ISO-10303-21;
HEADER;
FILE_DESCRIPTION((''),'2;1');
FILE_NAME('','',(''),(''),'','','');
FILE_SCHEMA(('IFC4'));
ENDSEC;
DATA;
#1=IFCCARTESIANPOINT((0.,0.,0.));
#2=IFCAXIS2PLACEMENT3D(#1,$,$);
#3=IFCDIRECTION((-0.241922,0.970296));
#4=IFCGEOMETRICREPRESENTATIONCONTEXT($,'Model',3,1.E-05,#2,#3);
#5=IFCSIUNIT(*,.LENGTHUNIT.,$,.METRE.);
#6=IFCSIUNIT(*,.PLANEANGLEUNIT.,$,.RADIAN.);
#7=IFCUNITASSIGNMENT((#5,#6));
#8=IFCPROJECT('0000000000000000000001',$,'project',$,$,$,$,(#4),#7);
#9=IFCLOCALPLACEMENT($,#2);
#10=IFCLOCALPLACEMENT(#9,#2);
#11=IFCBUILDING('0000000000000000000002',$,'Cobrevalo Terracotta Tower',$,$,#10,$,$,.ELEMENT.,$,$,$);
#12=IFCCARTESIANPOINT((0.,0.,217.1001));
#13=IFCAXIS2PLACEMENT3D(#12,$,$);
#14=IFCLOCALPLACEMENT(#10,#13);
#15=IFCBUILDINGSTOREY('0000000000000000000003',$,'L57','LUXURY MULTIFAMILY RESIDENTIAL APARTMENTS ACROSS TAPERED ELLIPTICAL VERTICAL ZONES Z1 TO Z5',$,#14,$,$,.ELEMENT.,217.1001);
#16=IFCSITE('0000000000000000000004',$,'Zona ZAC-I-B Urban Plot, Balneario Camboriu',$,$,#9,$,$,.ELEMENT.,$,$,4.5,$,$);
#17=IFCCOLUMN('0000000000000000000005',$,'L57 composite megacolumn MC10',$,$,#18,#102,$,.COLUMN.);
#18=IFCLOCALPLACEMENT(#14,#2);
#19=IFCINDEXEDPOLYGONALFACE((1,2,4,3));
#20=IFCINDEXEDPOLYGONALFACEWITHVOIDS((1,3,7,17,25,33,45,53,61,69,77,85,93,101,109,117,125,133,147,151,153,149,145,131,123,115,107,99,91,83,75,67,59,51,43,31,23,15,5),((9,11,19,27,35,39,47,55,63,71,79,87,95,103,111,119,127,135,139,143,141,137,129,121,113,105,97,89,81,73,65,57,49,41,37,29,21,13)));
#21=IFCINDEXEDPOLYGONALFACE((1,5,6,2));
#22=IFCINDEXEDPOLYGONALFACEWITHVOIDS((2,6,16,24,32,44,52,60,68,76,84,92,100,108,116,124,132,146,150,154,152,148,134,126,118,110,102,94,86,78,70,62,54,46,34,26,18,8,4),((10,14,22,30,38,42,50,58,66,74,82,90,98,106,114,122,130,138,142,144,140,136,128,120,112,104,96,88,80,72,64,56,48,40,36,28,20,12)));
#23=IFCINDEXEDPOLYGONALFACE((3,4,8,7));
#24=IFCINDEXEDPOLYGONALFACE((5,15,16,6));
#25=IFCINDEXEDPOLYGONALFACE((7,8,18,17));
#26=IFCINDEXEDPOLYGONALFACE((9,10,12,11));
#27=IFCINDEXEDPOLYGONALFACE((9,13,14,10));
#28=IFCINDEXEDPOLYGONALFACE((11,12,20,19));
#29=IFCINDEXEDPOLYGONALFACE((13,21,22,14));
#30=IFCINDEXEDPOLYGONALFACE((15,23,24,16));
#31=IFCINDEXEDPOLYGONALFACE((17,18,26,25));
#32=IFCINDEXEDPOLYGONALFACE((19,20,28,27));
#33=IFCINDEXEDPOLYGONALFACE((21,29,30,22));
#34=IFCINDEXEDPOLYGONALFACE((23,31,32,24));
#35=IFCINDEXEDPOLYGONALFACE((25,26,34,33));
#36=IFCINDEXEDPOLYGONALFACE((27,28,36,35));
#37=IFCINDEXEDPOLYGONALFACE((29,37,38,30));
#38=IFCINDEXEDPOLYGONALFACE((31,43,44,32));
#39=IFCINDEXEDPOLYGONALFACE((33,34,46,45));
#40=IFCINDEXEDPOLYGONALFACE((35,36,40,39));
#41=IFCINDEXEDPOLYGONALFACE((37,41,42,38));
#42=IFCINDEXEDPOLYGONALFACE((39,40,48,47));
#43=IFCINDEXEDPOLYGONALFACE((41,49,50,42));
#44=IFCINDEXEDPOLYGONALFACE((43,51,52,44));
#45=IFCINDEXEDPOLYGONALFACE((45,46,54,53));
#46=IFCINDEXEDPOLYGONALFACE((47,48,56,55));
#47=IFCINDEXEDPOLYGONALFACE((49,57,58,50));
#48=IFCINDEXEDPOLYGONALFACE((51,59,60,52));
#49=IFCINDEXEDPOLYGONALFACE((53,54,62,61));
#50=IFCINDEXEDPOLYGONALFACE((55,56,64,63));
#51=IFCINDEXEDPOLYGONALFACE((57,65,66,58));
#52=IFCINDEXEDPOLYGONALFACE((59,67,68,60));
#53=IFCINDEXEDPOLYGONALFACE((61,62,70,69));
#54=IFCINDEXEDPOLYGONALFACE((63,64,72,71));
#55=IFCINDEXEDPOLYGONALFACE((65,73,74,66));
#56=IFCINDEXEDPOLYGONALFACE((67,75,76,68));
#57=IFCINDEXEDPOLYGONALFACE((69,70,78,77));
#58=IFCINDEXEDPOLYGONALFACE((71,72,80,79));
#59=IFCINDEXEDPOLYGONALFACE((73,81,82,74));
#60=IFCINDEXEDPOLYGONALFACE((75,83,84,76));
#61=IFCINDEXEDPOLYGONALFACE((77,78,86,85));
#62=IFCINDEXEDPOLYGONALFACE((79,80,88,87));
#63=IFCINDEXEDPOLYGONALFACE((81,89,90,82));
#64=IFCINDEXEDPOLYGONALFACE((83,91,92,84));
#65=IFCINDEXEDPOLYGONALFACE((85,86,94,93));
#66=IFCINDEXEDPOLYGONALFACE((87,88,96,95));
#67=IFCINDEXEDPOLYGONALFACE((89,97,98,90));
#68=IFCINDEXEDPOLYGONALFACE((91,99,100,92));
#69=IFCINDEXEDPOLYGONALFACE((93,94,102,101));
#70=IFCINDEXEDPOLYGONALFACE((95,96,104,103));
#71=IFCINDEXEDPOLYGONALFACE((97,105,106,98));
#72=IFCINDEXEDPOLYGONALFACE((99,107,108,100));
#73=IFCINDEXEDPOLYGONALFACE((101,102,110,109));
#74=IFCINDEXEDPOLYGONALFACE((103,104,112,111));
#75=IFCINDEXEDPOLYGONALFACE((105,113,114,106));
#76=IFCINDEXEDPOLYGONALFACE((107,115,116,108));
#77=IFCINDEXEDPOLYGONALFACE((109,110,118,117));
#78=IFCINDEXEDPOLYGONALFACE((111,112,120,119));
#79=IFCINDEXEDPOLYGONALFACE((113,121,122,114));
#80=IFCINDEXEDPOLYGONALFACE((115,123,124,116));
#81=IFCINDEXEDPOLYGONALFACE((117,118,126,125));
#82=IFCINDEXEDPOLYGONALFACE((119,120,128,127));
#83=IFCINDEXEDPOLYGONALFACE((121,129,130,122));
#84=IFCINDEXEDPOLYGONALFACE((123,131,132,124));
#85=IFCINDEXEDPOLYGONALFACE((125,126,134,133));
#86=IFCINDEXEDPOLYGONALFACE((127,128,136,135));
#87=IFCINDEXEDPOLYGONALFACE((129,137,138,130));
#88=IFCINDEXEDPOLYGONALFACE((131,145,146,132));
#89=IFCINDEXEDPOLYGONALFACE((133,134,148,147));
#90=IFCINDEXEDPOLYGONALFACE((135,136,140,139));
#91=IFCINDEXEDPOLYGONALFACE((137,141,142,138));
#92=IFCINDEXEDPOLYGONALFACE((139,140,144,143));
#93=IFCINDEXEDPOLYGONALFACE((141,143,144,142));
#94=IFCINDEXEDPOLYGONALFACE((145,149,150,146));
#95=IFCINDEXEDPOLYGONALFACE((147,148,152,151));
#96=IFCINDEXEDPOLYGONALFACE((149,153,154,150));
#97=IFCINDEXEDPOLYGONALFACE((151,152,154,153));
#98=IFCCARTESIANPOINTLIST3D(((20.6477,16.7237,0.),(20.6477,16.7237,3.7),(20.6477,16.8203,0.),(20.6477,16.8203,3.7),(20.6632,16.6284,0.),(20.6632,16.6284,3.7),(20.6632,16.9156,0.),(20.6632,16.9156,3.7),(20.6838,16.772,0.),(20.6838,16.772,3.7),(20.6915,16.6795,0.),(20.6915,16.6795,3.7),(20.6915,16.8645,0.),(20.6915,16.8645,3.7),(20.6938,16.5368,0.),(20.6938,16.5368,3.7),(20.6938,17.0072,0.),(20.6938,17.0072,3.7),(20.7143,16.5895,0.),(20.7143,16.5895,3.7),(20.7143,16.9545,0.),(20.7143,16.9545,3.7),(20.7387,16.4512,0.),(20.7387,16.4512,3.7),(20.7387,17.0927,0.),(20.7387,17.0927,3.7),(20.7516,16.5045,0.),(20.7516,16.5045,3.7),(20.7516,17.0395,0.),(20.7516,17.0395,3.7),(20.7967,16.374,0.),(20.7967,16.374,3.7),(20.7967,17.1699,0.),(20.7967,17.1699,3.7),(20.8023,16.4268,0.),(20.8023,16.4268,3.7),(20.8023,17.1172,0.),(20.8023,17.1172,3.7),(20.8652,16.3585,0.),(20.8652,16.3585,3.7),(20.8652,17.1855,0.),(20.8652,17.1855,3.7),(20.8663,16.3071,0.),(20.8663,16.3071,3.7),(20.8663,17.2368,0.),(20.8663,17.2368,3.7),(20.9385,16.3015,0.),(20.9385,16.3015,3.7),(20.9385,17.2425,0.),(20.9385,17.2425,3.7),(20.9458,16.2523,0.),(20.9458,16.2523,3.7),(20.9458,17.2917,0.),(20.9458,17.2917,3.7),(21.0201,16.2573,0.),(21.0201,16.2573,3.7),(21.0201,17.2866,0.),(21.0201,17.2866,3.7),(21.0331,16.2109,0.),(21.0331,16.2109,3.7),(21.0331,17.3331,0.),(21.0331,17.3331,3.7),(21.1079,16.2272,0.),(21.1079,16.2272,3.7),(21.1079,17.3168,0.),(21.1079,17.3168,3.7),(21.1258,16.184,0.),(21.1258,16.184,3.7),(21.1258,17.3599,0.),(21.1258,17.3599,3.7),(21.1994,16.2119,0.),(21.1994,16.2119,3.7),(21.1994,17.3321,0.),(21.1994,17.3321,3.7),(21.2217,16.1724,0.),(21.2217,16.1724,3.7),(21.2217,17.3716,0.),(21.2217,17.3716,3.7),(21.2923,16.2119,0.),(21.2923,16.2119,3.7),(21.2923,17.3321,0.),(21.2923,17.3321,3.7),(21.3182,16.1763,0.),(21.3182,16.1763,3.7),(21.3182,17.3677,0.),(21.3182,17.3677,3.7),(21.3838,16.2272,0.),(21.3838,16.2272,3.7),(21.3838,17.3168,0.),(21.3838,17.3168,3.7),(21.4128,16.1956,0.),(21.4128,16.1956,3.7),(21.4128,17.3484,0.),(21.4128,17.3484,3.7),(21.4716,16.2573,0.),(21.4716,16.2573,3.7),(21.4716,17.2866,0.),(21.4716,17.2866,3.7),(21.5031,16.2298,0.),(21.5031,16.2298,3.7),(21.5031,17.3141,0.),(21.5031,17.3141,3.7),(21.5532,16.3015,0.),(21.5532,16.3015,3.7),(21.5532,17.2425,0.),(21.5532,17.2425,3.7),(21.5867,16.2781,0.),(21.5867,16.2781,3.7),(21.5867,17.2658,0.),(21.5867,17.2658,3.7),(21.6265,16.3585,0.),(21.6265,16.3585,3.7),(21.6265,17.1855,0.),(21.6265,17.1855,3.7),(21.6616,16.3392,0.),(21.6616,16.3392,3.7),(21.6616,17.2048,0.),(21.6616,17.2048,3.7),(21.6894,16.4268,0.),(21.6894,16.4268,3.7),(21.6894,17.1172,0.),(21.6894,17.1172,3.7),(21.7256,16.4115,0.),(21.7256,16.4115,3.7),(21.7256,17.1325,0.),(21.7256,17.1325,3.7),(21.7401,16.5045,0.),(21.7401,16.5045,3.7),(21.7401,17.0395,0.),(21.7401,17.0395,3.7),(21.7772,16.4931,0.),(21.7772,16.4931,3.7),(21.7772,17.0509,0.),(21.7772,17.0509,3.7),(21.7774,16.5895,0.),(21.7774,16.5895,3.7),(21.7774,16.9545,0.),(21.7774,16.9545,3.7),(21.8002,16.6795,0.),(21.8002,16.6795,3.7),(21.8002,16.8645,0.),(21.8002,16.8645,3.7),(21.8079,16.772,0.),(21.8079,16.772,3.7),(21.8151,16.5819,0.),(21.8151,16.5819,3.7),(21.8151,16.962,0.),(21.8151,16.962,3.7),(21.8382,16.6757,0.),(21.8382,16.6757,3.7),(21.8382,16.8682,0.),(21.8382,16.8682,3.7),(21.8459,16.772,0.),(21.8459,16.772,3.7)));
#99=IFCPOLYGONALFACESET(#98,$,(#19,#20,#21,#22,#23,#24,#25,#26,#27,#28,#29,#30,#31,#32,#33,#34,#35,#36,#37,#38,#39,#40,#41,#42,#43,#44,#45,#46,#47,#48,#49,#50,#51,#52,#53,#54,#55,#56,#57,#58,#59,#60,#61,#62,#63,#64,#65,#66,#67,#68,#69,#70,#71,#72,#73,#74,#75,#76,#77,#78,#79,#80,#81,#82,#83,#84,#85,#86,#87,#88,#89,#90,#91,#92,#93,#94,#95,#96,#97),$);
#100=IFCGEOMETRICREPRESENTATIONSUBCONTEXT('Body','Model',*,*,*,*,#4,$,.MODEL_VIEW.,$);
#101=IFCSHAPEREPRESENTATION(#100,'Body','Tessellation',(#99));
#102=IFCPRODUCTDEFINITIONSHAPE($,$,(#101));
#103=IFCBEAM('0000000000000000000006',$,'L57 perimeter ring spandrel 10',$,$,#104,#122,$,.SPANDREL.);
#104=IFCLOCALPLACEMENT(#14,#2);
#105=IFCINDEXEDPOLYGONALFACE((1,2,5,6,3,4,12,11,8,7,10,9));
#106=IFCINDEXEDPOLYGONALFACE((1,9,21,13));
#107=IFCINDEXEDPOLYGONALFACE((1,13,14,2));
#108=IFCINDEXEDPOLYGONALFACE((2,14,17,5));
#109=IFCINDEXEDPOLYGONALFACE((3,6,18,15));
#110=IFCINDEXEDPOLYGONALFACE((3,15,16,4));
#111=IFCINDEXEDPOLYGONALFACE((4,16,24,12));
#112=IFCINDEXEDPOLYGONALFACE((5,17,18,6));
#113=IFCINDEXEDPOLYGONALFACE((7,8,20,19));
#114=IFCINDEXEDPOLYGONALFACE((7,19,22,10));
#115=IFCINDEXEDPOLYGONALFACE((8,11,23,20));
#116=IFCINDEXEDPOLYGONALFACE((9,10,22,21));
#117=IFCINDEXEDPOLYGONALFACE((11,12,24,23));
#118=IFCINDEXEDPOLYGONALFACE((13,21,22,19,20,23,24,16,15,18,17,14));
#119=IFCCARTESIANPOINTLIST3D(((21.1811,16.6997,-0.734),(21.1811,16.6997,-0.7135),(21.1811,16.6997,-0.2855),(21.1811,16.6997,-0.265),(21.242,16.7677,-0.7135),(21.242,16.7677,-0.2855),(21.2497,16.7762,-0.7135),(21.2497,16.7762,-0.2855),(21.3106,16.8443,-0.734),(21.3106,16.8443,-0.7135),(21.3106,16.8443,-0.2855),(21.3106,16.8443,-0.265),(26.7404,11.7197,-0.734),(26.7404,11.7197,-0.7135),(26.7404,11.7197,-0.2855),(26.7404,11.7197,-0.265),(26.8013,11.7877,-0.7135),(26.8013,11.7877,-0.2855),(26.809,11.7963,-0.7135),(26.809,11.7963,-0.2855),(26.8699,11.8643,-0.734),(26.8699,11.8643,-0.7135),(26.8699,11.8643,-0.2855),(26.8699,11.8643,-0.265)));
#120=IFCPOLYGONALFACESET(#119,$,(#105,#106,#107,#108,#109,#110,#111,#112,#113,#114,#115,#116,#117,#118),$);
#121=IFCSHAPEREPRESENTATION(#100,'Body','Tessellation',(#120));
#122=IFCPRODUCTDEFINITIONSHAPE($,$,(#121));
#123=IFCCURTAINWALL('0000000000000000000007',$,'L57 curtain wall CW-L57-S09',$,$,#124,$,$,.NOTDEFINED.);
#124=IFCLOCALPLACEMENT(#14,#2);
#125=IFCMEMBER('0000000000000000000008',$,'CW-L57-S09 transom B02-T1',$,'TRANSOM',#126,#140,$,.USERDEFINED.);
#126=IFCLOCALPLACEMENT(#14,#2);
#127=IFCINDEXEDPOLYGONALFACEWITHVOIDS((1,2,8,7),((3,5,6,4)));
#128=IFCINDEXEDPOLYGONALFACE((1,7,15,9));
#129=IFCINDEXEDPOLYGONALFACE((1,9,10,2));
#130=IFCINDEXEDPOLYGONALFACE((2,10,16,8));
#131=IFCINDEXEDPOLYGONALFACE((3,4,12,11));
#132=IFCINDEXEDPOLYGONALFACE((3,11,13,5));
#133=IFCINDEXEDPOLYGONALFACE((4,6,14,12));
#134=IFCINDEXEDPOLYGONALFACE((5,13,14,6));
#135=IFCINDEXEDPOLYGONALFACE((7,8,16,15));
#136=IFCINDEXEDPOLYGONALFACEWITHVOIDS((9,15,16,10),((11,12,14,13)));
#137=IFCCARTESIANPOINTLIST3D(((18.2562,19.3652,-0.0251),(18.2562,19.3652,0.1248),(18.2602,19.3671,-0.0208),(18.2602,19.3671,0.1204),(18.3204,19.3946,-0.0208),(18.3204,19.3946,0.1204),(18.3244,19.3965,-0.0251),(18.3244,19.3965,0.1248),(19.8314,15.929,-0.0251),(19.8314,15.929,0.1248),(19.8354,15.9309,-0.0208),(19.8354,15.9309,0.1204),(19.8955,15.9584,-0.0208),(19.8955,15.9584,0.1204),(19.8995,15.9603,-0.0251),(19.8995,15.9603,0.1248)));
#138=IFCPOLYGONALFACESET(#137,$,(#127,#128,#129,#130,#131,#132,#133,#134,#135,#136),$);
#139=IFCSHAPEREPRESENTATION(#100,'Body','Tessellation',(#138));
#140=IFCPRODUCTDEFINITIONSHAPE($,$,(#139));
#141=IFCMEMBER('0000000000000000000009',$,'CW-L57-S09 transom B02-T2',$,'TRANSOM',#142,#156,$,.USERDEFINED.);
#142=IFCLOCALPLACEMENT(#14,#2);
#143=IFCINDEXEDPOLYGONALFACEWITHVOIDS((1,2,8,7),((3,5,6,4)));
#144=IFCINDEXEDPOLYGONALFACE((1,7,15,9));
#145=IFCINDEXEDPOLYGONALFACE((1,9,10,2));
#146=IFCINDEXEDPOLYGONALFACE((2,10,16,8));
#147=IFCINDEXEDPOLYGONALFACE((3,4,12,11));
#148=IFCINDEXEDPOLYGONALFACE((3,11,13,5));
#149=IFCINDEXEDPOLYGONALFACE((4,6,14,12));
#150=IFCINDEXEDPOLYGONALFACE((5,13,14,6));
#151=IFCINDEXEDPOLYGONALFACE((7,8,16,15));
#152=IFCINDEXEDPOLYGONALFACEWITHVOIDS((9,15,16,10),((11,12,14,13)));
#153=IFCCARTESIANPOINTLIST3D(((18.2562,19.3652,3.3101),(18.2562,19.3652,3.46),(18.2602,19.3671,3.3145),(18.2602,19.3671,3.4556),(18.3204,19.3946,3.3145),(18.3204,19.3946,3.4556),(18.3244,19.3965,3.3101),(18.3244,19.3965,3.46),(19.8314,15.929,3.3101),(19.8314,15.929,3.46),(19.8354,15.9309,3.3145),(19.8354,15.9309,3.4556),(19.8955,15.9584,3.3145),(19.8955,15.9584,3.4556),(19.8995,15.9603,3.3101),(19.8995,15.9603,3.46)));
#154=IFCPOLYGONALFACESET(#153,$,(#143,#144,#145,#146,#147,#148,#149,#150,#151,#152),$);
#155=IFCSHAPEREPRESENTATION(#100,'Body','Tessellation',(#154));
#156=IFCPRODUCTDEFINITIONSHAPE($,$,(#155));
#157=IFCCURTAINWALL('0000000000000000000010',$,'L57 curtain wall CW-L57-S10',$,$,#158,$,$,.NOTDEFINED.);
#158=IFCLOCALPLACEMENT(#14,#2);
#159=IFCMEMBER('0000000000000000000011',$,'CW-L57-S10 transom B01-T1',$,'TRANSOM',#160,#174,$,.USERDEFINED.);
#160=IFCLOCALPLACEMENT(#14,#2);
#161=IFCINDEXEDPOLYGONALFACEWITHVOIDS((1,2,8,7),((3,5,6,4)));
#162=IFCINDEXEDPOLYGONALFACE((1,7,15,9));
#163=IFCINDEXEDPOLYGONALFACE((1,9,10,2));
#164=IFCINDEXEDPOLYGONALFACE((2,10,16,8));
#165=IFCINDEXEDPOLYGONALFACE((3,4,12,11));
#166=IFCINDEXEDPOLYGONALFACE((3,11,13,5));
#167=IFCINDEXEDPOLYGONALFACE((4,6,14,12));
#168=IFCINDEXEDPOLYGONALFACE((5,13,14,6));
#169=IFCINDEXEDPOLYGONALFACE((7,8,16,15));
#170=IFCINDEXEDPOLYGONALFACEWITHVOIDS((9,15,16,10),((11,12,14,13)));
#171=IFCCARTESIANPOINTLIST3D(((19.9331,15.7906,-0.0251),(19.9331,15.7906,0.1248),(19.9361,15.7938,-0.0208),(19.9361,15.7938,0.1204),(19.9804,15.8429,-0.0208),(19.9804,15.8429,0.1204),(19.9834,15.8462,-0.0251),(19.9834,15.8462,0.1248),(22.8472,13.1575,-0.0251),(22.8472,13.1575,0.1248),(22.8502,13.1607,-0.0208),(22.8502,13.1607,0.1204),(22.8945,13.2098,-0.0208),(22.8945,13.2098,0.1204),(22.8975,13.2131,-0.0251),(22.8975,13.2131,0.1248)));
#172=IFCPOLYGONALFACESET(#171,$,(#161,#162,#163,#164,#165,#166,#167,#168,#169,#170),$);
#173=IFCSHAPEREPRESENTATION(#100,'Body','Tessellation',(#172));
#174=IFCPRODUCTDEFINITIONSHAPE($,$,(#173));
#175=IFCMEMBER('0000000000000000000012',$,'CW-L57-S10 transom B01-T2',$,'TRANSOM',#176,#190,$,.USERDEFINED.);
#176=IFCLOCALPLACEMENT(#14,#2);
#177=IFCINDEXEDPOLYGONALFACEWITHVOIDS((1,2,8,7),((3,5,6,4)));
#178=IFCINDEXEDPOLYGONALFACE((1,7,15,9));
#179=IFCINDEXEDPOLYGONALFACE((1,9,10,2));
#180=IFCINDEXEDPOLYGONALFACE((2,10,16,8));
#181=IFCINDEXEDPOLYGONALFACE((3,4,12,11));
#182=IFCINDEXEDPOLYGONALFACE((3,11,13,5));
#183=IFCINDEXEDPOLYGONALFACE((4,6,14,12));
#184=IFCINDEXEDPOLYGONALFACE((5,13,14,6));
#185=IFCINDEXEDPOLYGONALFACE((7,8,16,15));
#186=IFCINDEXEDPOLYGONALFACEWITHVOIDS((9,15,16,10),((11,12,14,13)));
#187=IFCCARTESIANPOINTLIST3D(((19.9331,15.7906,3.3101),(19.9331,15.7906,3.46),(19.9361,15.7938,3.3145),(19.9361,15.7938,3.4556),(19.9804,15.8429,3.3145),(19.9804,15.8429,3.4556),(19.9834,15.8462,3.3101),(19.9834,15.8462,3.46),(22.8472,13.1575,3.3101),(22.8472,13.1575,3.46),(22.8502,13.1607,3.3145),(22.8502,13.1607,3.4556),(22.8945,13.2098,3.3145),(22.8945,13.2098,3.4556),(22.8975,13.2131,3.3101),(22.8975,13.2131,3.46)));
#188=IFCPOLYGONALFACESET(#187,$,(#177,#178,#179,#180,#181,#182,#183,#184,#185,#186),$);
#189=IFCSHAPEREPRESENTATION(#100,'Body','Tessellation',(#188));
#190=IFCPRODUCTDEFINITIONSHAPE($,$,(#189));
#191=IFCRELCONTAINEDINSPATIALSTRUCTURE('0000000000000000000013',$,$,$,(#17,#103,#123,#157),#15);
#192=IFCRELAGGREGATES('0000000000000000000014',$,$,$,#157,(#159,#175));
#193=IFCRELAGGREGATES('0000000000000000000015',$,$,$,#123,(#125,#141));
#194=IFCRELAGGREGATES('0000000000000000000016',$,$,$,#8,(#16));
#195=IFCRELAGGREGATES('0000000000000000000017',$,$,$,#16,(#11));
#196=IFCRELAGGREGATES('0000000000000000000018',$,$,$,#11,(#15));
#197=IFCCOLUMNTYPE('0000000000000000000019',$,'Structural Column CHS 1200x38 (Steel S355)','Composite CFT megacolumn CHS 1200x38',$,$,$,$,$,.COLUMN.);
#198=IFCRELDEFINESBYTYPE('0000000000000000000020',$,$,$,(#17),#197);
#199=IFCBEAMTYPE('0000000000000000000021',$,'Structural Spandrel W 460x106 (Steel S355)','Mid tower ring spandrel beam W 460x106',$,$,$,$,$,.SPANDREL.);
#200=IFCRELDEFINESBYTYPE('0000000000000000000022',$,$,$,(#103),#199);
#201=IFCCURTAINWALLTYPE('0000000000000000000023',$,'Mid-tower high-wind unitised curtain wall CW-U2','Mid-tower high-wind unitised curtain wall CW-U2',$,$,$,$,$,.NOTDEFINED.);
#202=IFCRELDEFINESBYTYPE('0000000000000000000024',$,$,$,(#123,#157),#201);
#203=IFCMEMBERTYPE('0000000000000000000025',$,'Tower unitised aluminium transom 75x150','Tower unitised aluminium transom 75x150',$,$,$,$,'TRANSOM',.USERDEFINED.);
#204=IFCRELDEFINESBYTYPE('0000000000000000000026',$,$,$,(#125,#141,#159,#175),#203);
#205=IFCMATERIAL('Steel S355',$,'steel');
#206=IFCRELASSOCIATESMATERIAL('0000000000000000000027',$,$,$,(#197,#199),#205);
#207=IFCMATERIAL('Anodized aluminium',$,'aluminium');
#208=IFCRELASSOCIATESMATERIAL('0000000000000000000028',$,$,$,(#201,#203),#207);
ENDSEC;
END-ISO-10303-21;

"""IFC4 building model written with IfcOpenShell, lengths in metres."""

from ifc_helpers import new_model, si_unit, direction, frame, origin, origin_2d, place, context, subcontext, project, spatial, hollow_rectangle, hollow_circle, i_section, extrude, source, transform, mapped, material, material_profile, profile_set, type_object, element, aggregate, save


model = new_model("IFC4")

# Units and contexts
model_context = context("Model", 3, precision=1e-05, world=origin(), true_north=direction((-0.241922, 0.970296)))
body_context = subcontext(model_context, "Body", "Model", "MODEL_VIEW")
ifc_project = project(units=[si_unit("LENGTHUNIT", "METRE"), si_unit("PLANEANGLEUNIT", "RADIAN")], contexts=[model_context])

# Site, building, storey
site_placement = place(None, origin())
site = spatial("IfcSite", under=ifc_project, at=site_placement, Name="Zona ZAC-I-B Urban Plot, Balneario Camboriu", CompositionType="ELEMENT", RefElevation=4.5)
building_placement = place(site_placement, origin())
building = spatial("IfcBuilding", under=site, at=building_placement, Name="Cobrevalo Terracotta Tower", CompositionType="ELEMENT")
storey_placement = place(building_placement, frame((0.0, 0.0, 217.1001)))
storey = spatial("IfcBuildingStorey", under=building, at=storey_placement, Name="L57", Description="LUXURY MULTIFAMILY RESIDENTIAL APARTMENTS ACROSS TAPERED ELLIPTICAL VERTICAL ZONES Z1 TO Z5", CompositionType="ELEMENT", Elevation=217.1001)

# Column
ifc_material_1 = material(Name="Steel S355", Category="steel")
ifc_material_profile_1 = material_profile(ifc_material_1, hollow_circle(Radius=0.6001, WallThickness=0.0381, at=origin_2d()), Name="CHS 1200x38")
ifc_profile_set_1 = profile_set([ifc_material_profile_1], Name="Steel S355")
column_type = type_object("IfcColumnType", Name="Structural Column CHS 1200x38 (Steel S355)", Description="Composite CFT megacolumn CHS 1200x38", PredefinedType="COLUMN", material=ifc_profile_set_1)
column_placement = place(storey_placement, frame((21.2458, 16.772, 0.0), z_axis=(0.0, 0.0, 1.0), x_axis=(1.0, 0.0, 0.0)))
element("IfcColumn", 1, at=column_placement, inside=storey, type_object=column_type, Name="L57 composite megacolumn MC10", PredefinedType="COLUMN", context=body_context, shape_type="SweptSolid", body=[
    extrude(hollow_circle(Radius=0.6001, WallThickness=0.0381, at=origin_2d()), origin(), (0.0, 0.0, 1.0), 3.7),
])

# Beam
ifc_material_profile_2 = material_profile(ifc_material_1, i_section(OverallWidth=0.1941, OverallDepth=0.469, WebThickness=0.0115, FlangeThickness=0.0205, at=origin_2d()), Name="W 460x106")
ifc_profile_set_2 = profile_set([ifc_material_profile_2], Name="Steel S355")
beam_type = type_object("IfcBeamType", Name="Structural Spandrel W 460x106 (Steel S355)", Description="Mid tower ring spandrel beam W 460x106", PredefinedType="SPANDREL", material=ifc_profile_set_2)
beam_placement = place(storey_placement, frame((21.2458, 16.772, -0.4995), z_axis=(0.744852, -0.66723, 0.0), x_axis=(0.66723, 0.744852, 0.0)))
element("IfcBeam", 2, at=beam_placement, inside=storey, type_object=beam_type, Name="L57 perimeter ring spandrel 10", PredefinedType="SPANDREL", context=body_context, shape_type="SweptSolid", body=[
    extrude(i_section(OverallWidth=0.1941, OverallDepth=0.469, WebThickness=0.0115, FlangeThickness=0.0205, at=origin_2d()), origin(), (0.0, 0.0, 1.0), 7.4636),
])

# Curtain walls, members
ifc_material_2 = material(Name="Anodized aluminium", Category="aluminium")
curtain_wall_type = type_object("IfcCurtainWallType", Name="Mid-tower high-wind unitised curtain wall CW-U2", Description="Mid-tower high-wind unitised curtain wall CW-U2", PredefinedType="NOTDEFINED", material=ifc_material_2)
curtain_wall_1_placement = place(storey_placement, origin())
curtain_wall_1 = element("IfcCurtainWall", 3, at=curtain_wall_1_placement, inside=storey, type_object=curtain_wall_type, Name="L57 curtain wall CW-L57-S09", PredefinedType="NOTDEFINED")
ifc_material_profile_3 = material_profile(ifc_material_2, hollow_rectangle(XDim=0.075, YDim=0.1499, WallThickness=0.0044, at=origin_2d()), Name="CWT 75x150")
ifc_profile_set_3 = profile_set([ifc_material_profile_3], Name="Anodized aluminium")
member_type_1 = type_object("IfcMemberType", Name="Tower unitised aluminium transom 75x150", Description="Tower unitised aluminium transom 75x150", ElementType="TRANSOM", PredefinedType="USERDEFINED", material=ifc_profile_set_3)
shared_shape_1 = source(origin(), body_context, "Body", "SweptSolid", [
    extrude(hollow_rectangle(XDim=0.075, YDim=0.1499, WallThickness=0.0044, at=origin_2d()), origin(), (0.0, 0.0, 1.0), 3.78),
])
member_1_placement = place(storey_placement, frame((18.2903, 19.3809, 0.0498), z_axis=(0.416706, -0.909041, 0.0), x_axis=(0.909041, 0.416706, 0.0)))
member_1 = element("IfcMember", 4, at=member_1_placement, type_object=member_type_1, Name="CW-L57-S09 transom B02-T1", ObjectType="TRANSOM", PredefinedType="USERDEFINED", context=body_context, shape_type="MappedRepresentation", body=[
    mapped(shared_shape_1, transform((0.0, 0.0, 0.0), scale=1.0)),
])
member_2_placement = place(storey_placement, frame((18.2903, 19.3809, 3.385), z_axis=(0.416706, -0.909041, 0.0), x_axis=(0.909041, 0.416706, 0.0)))
member_2 = element("IfcMember", 5, at=member_2_placement, type_object=member_type_1, Name="CW-L57-S09 transom B02-T2", ObjectType="TRANSOM", PredefinedType="USERDEFINED", context=body_context, shape_type="MappedRepresentation", body=[
    mapped(shared_shape_1, transform((0.0, 0.0, 0.0), scale=1.0)),
])
curtain_wall_2_placement = place(storey_placement, origin())
curtain_wall_2 = element("IfcCurtainWall", 6, at=curtain_wall_2_placement, inside=storey, type_object=curtain_wall_type, Name="L57 curtain wall CW-L57-S10", PredefinedType="NOTDEFINED")
shared_shape_2 = source(origin(), body_context, "Body", "SweptSolid", [
    extrude(hollow_rectangle(XDim=0.075, YDim=0.1499, WallThickness=0.0044, at=origin_2d()), origin(), (0.0, 0.0, 1.0), 3.9275),
])
member_3_placement = place(storey_placement, frame((19.9583, 15.8184, 0.0498), z_axis=(0.741976, -0.670426, 0.0), x_axis=(0.670426, 0.741976, 0.0)))
member_3 = element("IfcMember", 7, at=member_3_placement, type_object=member_type_1, Name="CW-L57-S10 transom B01-T1", ObjectType="TRANSOM", PredefinedType="USERDEFINED", context=body_context, shape_type="MappedRepresentation", body=[
    mapped(shared_shape_2, transform((0.0, 0.0, 0.0), scale=1.0)),
])
member_4_placement = place(storey_placement, frame((19.9583, 15.8184, 3.385), z_axis=(0.741976, -0.670426, 0.0), x_axis=(0.670426, 0.741976, 0.0)))
member_4 = element("IfcMember", 8, at=member_4_placement, type_object=member_type_1, Name="CW-L57-S10 transom B01-T2", ObjectType="TRANSOM", PredefinedType="USERDEFINED", context=body_context, shape_type="MappedRepresentation", body=[
    mapped(shared_shape_2, transform((0.0, 0.0, 0.0), scale=1.0)),
])

aggregate(curtain_wall_2, [member_3, member_4])

aggregate(curtain_wall_1, [member_1, member_2])

save(model, "model.ifc")
